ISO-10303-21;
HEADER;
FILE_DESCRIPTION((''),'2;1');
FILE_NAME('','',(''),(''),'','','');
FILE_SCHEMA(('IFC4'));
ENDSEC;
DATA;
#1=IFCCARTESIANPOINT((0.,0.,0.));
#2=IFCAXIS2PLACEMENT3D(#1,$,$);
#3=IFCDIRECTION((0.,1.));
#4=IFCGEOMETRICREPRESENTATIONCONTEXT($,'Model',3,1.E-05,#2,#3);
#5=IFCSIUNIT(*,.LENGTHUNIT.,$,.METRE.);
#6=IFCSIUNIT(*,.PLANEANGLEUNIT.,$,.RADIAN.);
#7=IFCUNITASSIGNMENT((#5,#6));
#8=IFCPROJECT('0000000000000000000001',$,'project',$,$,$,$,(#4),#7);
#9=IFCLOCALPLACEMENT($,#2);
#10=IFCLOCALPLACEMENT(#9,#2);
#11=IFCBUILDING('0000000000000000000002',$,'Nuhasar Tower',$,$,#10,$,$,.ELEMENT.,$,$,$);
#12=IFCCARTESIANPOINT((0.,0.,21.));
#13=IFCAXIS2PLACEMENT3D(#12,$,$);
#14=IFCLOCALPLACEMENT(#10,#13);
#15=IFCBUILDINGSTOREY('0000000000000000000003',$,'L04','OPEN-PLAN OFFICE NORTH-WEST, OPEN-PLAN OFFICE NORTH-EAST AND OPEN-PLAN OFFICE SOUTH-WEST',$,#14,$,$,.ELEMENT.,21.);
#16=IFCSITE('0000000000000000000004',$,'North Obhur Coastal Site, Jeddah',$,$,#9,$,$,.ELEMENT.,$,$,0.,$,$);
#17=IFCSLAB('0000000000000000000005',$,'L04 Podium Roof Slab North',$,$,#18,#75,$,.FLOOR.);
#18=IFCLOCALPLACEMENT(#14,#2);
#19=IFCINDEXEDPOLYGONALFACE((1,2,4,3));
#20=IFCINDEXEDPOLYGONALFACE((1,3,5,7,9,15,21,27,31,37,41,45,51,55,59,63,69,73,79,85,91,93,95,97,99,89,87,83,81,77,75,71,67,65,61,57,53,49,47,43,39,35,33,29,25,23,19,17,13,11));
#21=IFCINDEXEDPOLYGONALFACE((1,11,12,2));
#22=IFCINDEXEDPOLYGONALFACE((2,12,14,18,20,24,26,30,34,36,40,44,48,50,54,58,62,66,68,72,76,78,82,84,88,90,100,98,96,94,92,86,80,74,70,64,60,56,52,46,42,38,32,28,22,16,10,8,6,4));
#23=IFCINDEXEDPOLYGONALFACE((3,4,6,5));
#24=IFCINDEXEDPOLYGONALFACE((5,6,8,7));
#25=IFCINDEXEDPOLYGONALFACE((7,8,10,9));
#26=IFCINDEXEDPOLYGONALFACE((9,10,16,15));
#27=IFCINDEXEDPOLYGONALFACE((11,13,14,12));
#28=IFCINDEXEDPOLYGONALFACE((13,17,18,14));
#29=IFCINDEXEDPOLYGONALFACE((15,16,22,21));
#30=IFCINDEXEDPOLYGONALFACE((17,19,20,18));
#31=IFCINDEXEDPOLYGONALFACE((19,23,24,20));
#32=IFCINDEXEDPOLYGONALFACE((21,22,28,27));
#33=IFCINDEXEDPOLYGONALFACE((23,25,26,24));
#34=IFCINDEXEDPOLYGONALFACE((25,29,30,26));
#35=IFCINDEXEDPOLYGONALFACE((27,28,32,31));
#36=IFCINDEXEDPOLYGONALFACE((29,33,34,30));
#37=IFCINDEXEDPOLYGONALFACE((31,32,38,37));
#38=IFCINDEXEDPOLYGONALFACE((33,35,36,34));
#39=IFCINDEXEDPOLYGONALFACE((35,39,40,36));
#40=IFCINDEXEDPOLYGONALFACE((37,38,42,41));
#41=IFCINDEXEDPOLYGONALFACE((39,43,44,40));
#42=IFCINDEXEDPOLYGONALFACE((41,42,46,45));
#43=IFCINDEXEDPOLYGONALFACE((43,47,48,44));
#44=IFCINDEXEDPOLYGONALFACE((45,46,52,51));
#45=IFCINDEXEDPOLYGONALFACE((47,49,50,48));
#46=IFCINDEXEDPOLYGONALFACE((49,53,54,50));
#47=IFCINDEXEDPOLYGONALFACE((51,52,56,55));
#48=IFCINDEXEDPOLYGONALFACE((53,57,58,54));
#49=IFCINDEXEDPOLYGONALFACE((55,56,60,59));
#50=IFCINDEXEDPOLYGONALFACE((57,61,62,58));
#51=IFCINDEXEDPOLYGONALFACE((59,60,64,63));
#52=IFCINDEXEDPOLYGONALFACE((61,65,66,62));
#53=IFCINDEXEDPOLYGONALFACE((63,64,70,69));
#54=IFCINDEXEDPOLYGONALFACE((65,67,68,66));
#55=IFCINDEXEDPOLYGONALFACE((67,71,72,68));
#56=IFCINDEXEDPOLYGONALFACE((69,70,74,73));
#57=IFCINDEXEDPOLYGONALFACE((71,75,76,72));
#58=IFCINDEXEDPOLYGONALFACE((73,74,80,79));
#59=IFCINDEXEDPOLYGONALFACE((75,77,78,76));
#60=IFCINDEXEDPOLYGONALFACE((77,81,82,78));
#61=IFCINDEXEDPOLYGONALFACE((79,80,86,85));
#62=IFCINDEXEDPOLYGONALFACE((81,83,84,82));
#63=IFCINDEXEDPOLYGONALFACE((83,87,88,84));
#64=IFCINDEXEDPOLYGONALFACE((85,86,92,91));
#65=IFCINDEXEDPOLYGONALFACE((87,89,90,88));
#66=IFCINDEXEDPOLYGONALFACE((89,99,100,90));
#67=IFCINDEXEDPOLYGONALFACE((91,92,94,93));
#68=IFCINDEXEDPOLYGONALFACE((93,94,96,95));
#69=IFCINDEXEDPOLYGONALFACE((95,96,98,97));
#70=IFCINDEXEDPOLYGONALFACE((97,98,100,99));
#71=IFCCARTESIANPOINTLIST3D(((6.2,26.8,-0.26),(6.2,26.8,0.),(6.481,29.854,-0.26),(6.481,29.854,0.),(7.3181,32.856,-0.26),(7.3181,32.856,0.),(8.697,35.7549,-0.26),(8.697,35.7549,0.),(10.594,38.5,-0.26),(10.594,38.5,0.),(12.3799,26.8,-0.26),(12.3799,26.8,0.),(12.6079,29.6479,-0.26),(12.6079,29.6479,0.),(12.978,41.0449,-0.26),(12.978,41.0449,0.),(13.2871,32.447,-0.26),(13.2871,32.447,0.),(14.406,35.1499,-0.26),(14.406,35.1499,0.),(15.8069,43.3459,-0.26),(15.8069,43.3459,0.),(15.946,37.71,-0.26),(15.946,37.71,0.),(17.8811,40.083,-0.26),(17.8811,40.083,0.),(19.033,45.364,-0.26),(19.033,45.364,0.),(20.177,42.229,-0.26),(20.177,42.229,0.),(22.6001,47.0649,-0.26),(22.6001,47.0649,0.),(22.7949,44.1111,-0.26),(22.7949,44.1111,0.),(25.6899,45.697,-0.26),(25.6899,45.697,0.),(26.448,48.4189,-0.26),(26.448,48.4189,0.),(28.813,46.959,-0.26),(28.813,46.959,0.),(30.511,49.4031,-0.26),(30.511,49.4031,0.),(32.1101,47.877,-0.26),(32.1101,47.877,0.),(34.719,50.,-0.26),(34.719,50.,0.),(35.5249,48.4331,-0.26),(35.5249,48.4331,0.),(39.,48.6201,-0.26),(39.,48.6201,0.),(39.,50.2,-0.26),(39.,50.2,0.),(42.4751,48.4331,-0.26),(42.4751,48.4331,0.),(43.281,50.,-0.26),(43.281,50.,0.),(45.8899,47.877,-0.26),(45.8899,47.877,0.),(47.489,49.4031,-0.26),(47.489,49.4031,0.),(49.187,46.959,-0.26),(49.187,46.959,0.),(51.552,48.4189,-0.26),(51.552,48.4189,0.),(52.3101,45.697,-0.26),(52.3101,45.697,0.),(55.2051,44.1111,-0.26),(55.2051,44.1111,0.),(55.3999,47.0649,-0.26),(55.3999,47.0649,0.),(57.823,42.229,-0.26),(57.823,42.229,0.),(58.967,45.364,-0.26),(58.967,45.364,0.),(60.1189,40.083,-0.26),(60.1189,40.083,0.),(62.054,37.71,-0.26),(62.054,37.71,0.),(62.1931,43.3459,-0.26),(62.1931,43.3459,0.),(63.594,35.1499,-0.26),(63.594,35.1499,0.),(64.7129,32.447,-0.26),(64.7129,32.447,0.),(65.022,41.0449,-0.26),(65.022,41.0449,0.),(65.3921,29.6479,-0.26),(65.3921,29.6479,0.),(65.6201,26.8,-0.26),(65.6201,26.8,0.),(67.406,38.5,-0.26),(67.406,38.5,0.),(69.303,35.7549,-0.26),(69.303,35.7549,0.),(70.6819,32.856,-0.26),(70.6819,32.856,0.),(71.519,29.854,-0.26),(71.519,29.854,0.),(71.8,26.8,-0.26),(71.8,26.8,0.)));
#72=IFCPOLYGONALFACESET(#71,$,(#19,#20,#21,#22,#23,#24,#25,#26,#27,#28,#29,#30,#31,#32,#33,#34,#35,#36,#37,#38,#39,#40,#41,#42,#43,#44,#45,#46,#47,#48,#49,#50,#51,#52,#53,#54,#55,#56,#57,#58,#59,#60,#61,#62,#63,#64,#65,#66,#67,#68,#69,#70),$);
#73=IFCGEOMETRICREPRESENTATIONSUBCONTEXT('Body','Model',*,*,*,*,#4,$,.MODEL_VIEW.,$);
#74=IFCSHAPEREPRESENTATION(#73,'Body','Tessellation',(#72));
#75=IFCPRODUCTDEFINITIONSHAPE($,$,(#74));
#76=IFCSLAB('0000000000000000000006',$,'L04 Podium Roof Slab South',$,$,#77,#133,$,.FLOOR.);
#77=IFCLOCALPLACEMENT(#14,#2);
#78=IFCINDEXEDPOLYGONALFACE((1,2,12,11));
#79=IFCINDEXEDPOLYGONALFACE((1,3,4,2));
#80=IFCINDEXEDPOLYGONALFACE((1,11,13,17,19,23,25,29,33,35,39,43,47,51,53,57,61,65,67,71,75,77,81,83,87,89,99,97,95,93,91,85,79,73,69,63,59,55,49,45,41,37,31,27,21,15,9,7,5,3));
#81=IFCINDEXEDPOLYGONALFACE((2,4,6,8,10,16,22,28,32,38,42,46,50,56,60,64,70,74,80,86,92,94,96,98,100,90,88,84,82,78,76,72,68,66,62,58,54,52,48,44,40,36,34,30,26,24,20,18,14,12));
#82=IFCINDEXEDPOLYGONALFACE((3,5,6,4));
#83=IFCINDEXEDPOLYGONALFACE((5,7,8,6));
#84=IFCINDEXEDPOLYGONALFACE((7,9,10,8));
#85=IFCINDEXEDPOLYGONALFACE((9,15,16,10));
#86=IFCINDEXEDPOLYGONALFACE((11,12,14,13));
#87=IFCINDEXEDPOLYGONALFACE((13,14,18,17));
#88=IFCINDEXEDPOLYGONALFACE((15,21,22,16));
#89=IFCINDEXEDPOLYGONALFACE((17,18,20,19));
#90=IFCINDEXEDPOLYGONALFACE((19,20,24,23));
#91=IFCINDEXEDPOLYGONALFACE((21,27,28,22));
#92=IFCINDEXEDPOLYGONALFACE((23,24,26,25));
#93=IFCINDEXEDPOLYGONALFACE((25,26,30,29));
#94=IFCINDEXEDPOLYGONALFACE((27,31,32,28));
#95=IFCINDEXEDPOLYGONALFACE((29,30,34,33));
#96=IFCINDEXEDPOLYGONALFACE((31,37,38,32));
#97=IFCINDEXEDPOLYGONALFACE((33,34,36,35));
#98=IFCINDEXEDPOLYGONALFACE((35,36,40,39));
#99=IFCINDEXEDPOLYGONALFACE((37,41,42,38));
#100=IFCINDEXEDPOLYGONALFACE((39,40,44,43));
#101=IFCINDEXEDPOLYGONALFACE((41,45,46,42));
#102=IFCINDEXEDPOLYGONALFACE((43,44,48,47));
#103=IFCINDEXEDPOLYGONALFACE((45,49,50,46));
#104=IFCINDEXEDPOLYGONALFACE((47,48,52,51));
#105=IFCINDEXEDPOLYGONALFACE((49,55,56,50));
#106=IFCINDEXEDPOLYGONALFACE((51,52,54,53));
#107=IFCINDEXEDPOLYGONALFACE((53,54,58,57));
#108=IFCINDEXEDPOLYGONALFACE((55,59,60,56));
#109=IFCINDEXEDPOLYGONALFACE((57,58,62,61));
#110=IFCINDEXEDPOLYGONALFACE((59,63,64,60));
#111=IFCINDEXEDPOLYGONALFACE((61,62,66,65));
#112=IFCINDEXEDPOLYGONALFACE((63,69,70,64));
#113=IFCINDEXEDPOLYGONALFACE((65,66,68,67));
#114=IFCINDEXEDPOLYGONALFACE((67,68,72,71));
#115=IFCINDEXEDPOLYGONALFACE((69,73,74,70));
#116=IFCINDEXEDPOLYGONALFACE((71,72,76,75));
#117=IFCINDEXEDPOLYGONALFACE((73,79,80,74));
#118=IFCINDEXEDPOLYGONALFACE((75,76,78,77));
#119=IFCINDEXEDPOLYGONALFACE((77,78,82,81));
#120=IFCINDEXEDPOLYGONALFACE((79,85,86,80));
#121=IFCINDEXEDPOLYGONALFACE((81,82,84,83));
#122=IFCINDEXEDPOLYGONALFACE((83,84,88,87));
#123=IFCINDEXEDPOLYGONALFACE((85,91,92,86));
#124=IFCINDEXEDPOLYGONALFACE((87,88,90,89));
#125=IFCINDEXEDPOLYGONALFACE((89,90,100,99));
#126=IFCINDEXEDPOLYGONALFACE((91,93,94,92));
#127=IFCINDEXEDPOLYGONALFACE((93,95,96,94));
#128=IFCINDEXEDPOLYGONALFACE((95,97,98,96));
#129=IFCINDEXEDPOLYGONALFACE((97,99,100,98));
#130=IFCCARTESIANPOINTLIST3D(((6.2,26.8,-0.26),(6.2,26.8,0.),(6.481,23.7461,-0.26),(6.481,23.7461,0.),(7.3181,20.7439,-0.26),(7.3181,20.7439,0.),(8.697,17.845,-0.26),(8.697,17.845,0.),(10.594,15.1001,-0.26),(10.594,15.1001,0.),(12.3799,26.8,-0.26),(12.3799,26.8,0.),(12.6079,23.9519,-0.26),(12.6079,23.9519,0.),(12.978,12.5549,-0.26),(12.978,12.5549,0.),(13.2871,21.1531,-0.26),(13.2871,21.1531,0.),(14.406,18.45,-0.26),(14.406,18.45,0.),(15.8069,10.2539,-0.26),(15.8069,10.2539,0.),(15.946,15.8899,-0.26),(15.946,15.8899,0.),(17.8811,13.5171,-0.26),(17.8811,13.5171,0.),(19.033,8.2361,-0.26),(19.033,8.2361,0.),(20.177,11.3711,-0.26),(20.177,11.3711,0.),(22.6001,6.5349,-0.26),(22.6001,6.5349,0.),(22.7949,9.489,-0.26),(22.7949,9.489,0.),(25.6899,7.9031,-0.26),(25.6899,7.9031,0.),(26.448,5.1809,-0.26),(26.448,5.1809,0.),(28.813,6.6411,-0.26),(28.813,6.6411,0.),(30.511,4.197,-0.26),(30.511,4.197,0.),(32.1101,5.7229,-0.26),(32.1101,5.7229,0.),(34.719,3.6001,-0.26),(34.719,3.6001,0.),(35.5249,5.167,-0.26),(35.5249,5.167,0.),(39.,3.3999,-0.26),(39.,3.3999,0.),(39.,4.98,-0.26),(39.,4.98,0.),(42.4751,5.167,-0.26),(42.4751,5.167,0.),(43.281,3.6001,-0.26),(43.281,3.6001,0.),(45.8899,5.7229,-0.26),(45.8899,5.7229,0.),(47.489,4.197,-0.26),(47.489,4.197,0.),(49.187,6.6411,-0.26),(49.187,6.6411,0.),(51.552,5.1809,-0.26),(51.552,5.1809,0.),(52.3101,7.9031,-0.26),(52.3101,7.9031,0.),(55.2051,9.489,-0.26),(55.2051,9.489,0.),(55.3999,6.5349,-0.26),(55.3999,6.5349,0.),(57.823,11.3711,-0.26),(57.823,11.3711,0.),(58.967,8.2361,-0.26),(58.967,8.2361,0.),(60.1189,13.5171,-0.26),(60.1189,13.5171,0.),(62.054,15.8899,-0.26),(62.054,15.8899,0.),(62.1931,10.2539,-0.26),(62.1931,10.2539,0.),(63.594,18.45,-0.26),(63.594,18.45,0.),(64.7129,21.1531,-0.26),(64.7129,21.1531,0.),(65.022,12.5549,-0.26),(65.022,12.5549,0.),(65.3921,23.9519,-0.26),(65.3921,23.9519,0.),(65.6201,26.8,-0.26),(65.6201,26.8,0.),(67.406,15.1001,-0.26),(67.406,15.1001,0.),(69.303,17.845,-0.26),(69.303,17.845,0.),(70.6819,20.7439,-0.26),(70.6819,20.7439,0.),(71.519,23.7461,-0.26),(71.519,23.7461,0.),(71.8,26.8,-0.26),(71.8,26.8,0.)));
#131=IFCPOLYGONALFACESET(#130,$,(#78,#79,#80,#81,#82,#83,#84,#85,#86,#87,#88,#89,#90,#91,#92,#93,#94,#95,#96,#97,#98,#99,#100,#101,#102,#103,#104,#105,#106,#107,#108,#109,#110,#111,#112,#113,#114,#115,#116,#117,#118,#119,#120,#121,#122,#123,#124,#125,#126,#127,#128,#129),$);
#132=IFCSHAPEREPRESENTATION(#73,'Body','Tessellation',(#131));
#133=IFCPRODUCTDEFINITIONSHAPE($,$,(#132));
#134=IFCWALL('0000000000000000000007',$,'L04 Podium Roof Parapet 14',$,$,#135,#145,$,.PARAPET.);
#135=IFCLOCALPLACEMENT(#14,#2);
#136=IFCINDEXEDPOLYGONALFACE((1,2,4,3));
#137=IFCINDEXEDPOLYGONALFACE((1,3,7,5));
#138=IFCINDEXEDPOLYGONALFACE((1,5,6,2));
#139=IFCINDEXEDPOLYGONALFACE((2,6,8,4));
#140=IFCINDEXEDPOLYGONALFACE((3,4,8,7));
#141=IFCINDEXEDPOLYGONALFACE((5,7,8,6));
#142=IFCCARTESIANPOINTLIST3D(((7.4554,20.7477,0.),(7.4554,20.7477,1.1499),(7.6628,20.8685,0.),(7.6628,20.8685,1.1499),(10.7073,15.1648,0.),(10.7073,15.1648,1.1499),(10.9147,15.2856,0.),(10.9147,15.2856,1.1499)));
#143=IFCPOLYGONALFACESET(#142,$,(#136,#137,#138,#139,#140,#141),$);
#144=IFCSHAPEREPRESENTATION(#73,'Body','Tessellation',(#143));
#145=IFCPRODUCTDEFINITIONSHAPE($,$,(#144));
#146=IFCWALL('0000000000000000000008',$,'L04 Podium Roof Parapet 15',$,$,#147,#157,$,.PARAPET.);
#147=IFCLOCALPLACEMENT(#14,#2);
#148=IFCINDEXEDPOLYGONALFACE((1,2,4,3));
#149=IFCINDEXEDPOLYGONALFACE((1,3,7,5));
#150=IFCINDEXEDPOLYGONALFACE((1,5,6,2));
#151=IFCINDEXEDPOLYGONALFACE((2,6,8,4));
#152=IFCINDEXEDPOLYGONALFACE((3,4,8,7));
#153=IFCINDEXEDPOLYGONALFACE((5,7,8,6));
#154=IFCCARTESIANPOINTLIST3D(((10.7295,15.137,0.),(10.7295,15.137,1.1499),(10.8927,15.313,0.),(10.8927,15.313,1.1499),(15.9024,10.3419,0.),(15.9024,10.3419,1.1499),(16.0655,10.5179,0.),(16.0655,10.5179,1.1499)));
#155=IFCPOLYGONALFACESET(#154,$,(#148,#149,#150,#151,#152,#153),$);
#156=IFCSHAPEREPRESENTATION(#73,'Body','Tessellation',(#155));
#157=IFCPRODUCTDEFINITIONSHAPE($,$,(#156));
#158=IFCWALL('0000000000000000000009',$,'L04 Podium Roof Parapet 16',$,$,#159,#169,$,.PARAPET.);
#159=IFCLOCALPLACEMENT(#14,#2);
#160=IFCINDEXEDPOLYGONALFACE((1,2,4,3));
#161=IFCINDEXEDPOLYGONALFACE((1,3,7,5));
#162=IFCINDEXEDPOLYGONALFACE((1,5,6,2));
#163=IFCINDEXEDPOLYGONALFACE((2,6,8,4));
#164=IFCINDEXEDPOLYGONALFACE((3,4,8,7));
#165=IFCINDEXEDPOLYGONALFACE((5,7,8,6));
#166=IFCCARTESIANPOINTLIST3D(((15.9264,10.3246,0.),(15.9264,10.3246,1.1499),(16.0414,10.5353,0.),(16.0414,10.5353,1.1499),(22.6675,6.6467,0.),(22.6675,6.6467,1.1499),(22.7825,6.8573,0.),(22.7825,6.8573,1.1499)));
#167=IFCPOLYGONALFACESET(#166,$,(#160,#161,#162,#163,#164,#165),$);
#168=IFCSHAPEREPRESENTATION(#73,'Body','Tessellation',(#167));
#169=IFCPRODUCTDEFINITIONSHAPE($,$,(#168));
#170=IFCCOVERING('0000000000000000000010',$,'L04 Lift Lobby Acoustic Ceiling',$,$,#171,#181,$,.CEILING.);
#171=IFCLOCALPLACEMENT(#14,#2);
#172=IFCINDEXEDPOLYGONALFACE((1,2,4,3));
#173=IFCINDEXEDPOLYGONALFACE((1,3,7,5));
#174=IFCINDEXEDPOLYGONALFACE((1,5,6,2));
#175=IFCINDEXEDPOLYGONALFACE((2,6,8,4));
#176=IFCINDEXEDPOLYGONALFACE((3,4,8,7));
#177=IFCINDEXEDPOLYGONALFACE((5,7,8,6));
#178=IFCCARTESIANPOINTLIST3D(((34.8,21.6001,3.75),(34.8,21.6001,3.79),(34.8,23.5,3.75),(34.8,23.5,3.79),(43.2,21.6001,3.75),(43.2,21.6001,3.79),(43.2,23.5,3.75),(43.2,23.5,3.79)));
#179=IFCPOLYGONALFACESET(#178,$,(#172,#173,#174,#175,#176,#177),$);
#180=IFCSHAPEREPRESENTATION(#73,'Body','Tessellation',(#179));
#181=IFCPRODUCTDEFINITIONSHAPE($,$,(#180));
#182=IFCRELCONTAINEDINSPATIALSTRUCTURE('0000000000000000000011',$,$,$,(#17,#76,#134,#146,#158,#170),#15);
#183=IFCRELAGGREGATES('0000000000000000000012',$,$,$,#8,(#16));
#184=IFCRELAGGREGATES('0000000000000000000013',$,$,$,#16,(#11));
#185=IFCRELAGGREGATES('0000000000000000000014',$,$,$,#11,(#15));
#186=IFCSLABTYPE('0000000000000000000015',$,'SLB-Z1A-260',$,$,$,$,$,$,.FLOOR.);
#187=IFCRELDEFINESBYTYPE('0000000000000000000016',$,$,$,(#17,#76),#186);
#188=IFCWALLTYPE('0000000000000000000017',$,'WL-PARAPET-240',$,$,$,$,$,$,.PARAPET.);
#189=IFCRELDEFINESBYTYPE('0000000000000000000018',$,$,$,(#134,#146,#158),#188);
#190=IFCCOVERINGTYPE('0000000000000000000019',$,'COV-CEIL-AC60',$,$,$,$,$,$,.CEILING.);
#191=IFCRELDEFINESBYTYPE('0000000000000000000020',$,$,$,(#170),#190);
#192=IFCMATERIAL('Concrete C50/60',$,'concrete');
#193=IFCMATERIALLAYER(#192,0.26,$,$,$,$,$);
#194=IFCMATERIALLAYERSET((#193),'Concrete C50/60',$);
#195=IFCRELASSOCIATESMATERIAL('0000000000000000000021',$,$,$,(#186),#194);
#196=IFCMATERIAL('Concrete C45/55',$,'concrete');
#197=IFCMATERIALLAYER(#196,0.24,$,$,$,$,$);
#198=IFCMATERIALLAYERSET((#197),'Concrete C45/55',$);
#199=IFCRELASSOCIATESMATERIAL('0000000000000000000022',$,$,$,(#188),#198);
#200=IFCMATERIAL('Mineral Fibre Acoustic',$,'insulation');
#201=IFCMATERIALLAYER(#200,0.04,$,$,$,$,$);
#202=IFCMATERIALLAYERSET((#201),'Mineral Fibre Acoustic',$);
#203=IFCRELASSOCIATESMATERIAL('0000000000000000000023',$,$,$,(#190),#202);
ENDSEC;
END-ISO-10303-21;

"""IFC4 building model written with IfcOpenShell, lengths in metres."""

from ifc_helpers import new_model, si_unit, direction, frame, frame_2d, origin, place, context, subcontext, project, spatial, polyline, rectangle, outline, extrude, material, layer, layer_set, type_object, element, save


model = new_model("IFC4")

# Units and contexts
model_context = context("Model", 3, precision=1e-05, world=origin(), true_north=direction((0.0, 1.0)))
body_context = subcontext(model_context, "Body", "Model", "MODEL_VIEW")
ifc_project = project(units=[si_unit("LENGTHUNIT", "METRE"), si_unit("PLANEANGLEUNIT", "RADIAN")], contexts=[model_context])

# Site, building, storey
site_placement = place(None, origin())
site = spatial("IfcSite", under=ifc_project, at=site_placement, Name="North Obhur Coastal Site, Jeddah", CompositionType="ELEMENT", RefElevation=0.0)
building_placement = place(site_placement, origin())
building = spatial("IfcBuilding", under=site, at=building_placement, Name="Nuhasar Tower", CompositionType="ELEMENT")
storey_placement = place(building_placement, frame((0.0, 0.0, 21.0)))
storey = spatial("IfcBuildingStorey", under=building, at=storey_placement, Name="L04", Description="OPEN-PLAN OFFICE NORTH-WEST, OPEN-PLAN OFFICE NORTH-EAST AND OPEN-PLAN OFFICE SOUTH-WEST", CompositionType="ELEMENT", Elevation=21.0)

# Shared definitions
ifc_material_1 = material(Name="Concrete C45/55", Category="concrete")

# Slabs
ifc_material_2 = material(Name="Concrete C50/60", Category="concrete")
ifc_layer_1 = layer(ifc_material_2, 0.26)
ifc_layer_set_1 = layer_set([ifc_layer_1], Name="Concrete C50/60")
slab_type_1 = type_object("IfcSlabType", Name="SLB-Z1A-260", PredefinedType="FLOOR", material=ifc_layer_set_1)
slab_1_placement = place(storey_placement, frame((0.0, 0.0, -0.26)))
element("IfcSlab", 1, at=slab_1_placement, inside=storey, type_object=slab_type_1, Name="L04 Podium Roof Slab North", PredefinedType="FLOOR", context=body_context, shape_type="SweptSolid", body=[
    extrude(outline(polyline([(71.8, 26.8), (71.519, 29.854), (70.6819, 32.856), (69.303, 35.7549), (67.406, 38.5), (65.022, 41.0449), (62.1931, 43.3459), (58.967, 45.364), (55.3999, 47.0649), (51.552, 48.4189), (47.489, 49.4031), (43.281, 50.0), (39.0, 50.2), (34.719, 50.0), (30.511, 49.4031), (26.448, 48.4189), (22.6001, 47.0649), (19.033, 45.364), (15.8069, 43.3459), (12.978, 41.0449), (10.594, 38.5), (8.697, 35.7549), (7.3181, 32.856), (6.481, 29.854), (6.2, 26.8), (12.3799, 26.8), (12.6079, 29.6479), (13.2871, 32.447), (14.406, 35.1499), (15.946, 37.71), (17.8811, 40.083), (20.177, 42.229), (22.7949, 44.1111), (25.6899, 45.697), (28.813, 46.959), (32.1101, 47.877), (35.5249, 48.4331), (39.0, 48.6201), (42.4751, 48.4331), (45.8899, 47.877), (49.187, 46.959), (52.3101, 45.697), (55.2051, 44.1111), (57.823, 42.229), (60.1189, 40.083), (62.054, 37.71), (63.594, 35.1499), (64.7129, 32.447), (65.3921, 29.6479), (65.6201, 26.8), (71.8, 26.8)])), origin(), (0.0, 0.0, 1.0), 0.26),
])
slab_2_placement = place(storey_placement, frame((0.0, 0.0, -0.26)))
element("IfcSlab", 2, at=slab_2_placement, inside=storey, type_object=slab_type_1, Name="L04 Podium Roof Slab South", PredefinedType="FLOOR", context=body_context, shape_type="SweptSolid", body=[
    extrude(outline(polyline([(6.2, 26.8), (6.481, 23.7461), (7.3181, 20.7439), (8.697, 17.845), (10.594, 15.1001), (12.978, 12.5549), (15.8069, 10.2539), (19.033, 8.2361), (22.6001, 6.5349), (26.448, 5.1809), (30.511, 4.197), (34.719, 3.6001), (39.0, 3.3999), (43.281, 3.6001), (47.489, 4.197), (51.552, 5.1809), (55.3999, 6.5349), (58.967, 8.2361), (62.1931, 10.2539), (65.022, 12.5549), (67.406, 15.1001), (69.303, 17.845), (70.6819, 20.7439), (71.519, 23.7461), (71.8, 26.8), (65.6201, 26.8), (65.3921, 23.9519), (64.7129, 21.1531), (63.594, 18.45), (62.054, 15.8899), (60.1189, 13.5171), (57.823, 11.3711), (55.2051, 9.489), (52.3101, 7.9031), (49.187, 6.6411), (45.8899, 5.7229), (42.4751, 5.167), (39.0, 4.98), (35.5249, 5.167), (32.1101, 5.7229), (28.813, 6.6411), (25.6899, 7.9031), (22.7949, 9.489), (20.177, 11.3711), (17.8811, 13.5171), (15.946, 15.8899), (14.406, 18.45), (13.2871, 21.1531), (12.6079, 23.9519), (12.3799, 26.8), (6.2, 26.8)])), origin(), (0.0, 0.0, 1.0), 0.26),
])

# Walls
ifc_layer_2 = layer(ifc_material_1, 0.24)
ifc_layer_set_2 = layer_set([ifc_layer_2], Name="Concrete C45/55")
wall_type = type_object("IfcWallType", Name="WL-PARAPET-240", PredefinedType="PARAPET", material=ifc_layer_set_2)
wall_1_placement = place(storey_placement, frame((7.5591, 20.8081, 0.0), z_axis=(0.0, 0.0, 1.0), x_axis=(0.503316, -0.864102, 0.0)))
element("IfcWall", 3, at=wall_1_placement, inside=storey, type_object=wall_type, Name="L04 Podium Roof Parapet 14", PredefinedType="PARAPET", context=body_context, shape_type="SweptSolid", body=[
    extrude(rectangle(XDim=6.4609, YDim=0.24, at=frame_2d((3.2305, 0.0))), origin(), (0.0, 0.0, 1.0), 1.1499),
])
wall_2_placement = place(storey_placement, frame((10.811, 15.2251, 0.0), z_axis=(0.0, 0.0, 1.0), x_axis=(0.733373, -0.679827, 0.0)))
element("IfcWall", 4, at=wall_2_placement, inside=storey, type_object=wall_type, Name="L04 Podium Roof Parapet 15", PredefinedType="PARAPET", context=body_context, shape_type="SweptSolid", body=[
    extrude(rectangle(XDim=7.0535, YDim=0.24, at=frame_2d((3.5269, 0.0))), origin(), (0.0, 0.0, 1.0), 1.1499),
])
wall_3_placement = place(storey_placement, frame((15.9839, 10.4299, 0.0), z_axis=(0.0, 0.0, 1.0), x_axis=(0.877843, -0.478948, 0.0)))
element("IfcWall", 5, at=wall_3_placement, inside=storey, type_object=wall_type, Name="L04 Podium Roof Parapet 16", PredefinedType="PARAPET", context=body_context, shape_type="SweptSolid", body=[
    extrude(rectangle(XDim=7.6792, YDim=0.24, at=frame_2d((3.8396, 0.0))), origin(), (0.0, 0.0, 1.0), 1.1499),
])

# Covering
ifc_material_3 = material(Name="Mineral Fibre Acoustic", Category="insulation")
ifc_layer_3 = layer(ifc_material_3, 0.04)
ifc_layer_set_3 = layer_set([ifc_layer_3], Name="Mineral Fibre Acoustic")
covering_type_1 = type_object("IfcCoveringType", Name="COV-CEIL-AC60", PredefinedType="CEILING", material=ifc_layer_set_3)
covering_1_placement = place(storey_placement, frame((0.0, 0.0, 3.75)))
element("IfcCovering", 6, at=covering_1_placement, inside=storey, type_object=covering_type_1, Name="L04 Lift Lobby Acoustic Ceiling", PredefinedType="CEILING", context=body_context, shape_type="SweptSolid", body=[
    extrude(outline(polyline([(34.8, 21.6001), (43.2, 21.6001), (43.2, 23.5), (34.8, 23.5), (34.8, 21.6001)])), origin(), (0.0, 0.0, 1.0), 0.04),
])

save(model, "model.ifc")
